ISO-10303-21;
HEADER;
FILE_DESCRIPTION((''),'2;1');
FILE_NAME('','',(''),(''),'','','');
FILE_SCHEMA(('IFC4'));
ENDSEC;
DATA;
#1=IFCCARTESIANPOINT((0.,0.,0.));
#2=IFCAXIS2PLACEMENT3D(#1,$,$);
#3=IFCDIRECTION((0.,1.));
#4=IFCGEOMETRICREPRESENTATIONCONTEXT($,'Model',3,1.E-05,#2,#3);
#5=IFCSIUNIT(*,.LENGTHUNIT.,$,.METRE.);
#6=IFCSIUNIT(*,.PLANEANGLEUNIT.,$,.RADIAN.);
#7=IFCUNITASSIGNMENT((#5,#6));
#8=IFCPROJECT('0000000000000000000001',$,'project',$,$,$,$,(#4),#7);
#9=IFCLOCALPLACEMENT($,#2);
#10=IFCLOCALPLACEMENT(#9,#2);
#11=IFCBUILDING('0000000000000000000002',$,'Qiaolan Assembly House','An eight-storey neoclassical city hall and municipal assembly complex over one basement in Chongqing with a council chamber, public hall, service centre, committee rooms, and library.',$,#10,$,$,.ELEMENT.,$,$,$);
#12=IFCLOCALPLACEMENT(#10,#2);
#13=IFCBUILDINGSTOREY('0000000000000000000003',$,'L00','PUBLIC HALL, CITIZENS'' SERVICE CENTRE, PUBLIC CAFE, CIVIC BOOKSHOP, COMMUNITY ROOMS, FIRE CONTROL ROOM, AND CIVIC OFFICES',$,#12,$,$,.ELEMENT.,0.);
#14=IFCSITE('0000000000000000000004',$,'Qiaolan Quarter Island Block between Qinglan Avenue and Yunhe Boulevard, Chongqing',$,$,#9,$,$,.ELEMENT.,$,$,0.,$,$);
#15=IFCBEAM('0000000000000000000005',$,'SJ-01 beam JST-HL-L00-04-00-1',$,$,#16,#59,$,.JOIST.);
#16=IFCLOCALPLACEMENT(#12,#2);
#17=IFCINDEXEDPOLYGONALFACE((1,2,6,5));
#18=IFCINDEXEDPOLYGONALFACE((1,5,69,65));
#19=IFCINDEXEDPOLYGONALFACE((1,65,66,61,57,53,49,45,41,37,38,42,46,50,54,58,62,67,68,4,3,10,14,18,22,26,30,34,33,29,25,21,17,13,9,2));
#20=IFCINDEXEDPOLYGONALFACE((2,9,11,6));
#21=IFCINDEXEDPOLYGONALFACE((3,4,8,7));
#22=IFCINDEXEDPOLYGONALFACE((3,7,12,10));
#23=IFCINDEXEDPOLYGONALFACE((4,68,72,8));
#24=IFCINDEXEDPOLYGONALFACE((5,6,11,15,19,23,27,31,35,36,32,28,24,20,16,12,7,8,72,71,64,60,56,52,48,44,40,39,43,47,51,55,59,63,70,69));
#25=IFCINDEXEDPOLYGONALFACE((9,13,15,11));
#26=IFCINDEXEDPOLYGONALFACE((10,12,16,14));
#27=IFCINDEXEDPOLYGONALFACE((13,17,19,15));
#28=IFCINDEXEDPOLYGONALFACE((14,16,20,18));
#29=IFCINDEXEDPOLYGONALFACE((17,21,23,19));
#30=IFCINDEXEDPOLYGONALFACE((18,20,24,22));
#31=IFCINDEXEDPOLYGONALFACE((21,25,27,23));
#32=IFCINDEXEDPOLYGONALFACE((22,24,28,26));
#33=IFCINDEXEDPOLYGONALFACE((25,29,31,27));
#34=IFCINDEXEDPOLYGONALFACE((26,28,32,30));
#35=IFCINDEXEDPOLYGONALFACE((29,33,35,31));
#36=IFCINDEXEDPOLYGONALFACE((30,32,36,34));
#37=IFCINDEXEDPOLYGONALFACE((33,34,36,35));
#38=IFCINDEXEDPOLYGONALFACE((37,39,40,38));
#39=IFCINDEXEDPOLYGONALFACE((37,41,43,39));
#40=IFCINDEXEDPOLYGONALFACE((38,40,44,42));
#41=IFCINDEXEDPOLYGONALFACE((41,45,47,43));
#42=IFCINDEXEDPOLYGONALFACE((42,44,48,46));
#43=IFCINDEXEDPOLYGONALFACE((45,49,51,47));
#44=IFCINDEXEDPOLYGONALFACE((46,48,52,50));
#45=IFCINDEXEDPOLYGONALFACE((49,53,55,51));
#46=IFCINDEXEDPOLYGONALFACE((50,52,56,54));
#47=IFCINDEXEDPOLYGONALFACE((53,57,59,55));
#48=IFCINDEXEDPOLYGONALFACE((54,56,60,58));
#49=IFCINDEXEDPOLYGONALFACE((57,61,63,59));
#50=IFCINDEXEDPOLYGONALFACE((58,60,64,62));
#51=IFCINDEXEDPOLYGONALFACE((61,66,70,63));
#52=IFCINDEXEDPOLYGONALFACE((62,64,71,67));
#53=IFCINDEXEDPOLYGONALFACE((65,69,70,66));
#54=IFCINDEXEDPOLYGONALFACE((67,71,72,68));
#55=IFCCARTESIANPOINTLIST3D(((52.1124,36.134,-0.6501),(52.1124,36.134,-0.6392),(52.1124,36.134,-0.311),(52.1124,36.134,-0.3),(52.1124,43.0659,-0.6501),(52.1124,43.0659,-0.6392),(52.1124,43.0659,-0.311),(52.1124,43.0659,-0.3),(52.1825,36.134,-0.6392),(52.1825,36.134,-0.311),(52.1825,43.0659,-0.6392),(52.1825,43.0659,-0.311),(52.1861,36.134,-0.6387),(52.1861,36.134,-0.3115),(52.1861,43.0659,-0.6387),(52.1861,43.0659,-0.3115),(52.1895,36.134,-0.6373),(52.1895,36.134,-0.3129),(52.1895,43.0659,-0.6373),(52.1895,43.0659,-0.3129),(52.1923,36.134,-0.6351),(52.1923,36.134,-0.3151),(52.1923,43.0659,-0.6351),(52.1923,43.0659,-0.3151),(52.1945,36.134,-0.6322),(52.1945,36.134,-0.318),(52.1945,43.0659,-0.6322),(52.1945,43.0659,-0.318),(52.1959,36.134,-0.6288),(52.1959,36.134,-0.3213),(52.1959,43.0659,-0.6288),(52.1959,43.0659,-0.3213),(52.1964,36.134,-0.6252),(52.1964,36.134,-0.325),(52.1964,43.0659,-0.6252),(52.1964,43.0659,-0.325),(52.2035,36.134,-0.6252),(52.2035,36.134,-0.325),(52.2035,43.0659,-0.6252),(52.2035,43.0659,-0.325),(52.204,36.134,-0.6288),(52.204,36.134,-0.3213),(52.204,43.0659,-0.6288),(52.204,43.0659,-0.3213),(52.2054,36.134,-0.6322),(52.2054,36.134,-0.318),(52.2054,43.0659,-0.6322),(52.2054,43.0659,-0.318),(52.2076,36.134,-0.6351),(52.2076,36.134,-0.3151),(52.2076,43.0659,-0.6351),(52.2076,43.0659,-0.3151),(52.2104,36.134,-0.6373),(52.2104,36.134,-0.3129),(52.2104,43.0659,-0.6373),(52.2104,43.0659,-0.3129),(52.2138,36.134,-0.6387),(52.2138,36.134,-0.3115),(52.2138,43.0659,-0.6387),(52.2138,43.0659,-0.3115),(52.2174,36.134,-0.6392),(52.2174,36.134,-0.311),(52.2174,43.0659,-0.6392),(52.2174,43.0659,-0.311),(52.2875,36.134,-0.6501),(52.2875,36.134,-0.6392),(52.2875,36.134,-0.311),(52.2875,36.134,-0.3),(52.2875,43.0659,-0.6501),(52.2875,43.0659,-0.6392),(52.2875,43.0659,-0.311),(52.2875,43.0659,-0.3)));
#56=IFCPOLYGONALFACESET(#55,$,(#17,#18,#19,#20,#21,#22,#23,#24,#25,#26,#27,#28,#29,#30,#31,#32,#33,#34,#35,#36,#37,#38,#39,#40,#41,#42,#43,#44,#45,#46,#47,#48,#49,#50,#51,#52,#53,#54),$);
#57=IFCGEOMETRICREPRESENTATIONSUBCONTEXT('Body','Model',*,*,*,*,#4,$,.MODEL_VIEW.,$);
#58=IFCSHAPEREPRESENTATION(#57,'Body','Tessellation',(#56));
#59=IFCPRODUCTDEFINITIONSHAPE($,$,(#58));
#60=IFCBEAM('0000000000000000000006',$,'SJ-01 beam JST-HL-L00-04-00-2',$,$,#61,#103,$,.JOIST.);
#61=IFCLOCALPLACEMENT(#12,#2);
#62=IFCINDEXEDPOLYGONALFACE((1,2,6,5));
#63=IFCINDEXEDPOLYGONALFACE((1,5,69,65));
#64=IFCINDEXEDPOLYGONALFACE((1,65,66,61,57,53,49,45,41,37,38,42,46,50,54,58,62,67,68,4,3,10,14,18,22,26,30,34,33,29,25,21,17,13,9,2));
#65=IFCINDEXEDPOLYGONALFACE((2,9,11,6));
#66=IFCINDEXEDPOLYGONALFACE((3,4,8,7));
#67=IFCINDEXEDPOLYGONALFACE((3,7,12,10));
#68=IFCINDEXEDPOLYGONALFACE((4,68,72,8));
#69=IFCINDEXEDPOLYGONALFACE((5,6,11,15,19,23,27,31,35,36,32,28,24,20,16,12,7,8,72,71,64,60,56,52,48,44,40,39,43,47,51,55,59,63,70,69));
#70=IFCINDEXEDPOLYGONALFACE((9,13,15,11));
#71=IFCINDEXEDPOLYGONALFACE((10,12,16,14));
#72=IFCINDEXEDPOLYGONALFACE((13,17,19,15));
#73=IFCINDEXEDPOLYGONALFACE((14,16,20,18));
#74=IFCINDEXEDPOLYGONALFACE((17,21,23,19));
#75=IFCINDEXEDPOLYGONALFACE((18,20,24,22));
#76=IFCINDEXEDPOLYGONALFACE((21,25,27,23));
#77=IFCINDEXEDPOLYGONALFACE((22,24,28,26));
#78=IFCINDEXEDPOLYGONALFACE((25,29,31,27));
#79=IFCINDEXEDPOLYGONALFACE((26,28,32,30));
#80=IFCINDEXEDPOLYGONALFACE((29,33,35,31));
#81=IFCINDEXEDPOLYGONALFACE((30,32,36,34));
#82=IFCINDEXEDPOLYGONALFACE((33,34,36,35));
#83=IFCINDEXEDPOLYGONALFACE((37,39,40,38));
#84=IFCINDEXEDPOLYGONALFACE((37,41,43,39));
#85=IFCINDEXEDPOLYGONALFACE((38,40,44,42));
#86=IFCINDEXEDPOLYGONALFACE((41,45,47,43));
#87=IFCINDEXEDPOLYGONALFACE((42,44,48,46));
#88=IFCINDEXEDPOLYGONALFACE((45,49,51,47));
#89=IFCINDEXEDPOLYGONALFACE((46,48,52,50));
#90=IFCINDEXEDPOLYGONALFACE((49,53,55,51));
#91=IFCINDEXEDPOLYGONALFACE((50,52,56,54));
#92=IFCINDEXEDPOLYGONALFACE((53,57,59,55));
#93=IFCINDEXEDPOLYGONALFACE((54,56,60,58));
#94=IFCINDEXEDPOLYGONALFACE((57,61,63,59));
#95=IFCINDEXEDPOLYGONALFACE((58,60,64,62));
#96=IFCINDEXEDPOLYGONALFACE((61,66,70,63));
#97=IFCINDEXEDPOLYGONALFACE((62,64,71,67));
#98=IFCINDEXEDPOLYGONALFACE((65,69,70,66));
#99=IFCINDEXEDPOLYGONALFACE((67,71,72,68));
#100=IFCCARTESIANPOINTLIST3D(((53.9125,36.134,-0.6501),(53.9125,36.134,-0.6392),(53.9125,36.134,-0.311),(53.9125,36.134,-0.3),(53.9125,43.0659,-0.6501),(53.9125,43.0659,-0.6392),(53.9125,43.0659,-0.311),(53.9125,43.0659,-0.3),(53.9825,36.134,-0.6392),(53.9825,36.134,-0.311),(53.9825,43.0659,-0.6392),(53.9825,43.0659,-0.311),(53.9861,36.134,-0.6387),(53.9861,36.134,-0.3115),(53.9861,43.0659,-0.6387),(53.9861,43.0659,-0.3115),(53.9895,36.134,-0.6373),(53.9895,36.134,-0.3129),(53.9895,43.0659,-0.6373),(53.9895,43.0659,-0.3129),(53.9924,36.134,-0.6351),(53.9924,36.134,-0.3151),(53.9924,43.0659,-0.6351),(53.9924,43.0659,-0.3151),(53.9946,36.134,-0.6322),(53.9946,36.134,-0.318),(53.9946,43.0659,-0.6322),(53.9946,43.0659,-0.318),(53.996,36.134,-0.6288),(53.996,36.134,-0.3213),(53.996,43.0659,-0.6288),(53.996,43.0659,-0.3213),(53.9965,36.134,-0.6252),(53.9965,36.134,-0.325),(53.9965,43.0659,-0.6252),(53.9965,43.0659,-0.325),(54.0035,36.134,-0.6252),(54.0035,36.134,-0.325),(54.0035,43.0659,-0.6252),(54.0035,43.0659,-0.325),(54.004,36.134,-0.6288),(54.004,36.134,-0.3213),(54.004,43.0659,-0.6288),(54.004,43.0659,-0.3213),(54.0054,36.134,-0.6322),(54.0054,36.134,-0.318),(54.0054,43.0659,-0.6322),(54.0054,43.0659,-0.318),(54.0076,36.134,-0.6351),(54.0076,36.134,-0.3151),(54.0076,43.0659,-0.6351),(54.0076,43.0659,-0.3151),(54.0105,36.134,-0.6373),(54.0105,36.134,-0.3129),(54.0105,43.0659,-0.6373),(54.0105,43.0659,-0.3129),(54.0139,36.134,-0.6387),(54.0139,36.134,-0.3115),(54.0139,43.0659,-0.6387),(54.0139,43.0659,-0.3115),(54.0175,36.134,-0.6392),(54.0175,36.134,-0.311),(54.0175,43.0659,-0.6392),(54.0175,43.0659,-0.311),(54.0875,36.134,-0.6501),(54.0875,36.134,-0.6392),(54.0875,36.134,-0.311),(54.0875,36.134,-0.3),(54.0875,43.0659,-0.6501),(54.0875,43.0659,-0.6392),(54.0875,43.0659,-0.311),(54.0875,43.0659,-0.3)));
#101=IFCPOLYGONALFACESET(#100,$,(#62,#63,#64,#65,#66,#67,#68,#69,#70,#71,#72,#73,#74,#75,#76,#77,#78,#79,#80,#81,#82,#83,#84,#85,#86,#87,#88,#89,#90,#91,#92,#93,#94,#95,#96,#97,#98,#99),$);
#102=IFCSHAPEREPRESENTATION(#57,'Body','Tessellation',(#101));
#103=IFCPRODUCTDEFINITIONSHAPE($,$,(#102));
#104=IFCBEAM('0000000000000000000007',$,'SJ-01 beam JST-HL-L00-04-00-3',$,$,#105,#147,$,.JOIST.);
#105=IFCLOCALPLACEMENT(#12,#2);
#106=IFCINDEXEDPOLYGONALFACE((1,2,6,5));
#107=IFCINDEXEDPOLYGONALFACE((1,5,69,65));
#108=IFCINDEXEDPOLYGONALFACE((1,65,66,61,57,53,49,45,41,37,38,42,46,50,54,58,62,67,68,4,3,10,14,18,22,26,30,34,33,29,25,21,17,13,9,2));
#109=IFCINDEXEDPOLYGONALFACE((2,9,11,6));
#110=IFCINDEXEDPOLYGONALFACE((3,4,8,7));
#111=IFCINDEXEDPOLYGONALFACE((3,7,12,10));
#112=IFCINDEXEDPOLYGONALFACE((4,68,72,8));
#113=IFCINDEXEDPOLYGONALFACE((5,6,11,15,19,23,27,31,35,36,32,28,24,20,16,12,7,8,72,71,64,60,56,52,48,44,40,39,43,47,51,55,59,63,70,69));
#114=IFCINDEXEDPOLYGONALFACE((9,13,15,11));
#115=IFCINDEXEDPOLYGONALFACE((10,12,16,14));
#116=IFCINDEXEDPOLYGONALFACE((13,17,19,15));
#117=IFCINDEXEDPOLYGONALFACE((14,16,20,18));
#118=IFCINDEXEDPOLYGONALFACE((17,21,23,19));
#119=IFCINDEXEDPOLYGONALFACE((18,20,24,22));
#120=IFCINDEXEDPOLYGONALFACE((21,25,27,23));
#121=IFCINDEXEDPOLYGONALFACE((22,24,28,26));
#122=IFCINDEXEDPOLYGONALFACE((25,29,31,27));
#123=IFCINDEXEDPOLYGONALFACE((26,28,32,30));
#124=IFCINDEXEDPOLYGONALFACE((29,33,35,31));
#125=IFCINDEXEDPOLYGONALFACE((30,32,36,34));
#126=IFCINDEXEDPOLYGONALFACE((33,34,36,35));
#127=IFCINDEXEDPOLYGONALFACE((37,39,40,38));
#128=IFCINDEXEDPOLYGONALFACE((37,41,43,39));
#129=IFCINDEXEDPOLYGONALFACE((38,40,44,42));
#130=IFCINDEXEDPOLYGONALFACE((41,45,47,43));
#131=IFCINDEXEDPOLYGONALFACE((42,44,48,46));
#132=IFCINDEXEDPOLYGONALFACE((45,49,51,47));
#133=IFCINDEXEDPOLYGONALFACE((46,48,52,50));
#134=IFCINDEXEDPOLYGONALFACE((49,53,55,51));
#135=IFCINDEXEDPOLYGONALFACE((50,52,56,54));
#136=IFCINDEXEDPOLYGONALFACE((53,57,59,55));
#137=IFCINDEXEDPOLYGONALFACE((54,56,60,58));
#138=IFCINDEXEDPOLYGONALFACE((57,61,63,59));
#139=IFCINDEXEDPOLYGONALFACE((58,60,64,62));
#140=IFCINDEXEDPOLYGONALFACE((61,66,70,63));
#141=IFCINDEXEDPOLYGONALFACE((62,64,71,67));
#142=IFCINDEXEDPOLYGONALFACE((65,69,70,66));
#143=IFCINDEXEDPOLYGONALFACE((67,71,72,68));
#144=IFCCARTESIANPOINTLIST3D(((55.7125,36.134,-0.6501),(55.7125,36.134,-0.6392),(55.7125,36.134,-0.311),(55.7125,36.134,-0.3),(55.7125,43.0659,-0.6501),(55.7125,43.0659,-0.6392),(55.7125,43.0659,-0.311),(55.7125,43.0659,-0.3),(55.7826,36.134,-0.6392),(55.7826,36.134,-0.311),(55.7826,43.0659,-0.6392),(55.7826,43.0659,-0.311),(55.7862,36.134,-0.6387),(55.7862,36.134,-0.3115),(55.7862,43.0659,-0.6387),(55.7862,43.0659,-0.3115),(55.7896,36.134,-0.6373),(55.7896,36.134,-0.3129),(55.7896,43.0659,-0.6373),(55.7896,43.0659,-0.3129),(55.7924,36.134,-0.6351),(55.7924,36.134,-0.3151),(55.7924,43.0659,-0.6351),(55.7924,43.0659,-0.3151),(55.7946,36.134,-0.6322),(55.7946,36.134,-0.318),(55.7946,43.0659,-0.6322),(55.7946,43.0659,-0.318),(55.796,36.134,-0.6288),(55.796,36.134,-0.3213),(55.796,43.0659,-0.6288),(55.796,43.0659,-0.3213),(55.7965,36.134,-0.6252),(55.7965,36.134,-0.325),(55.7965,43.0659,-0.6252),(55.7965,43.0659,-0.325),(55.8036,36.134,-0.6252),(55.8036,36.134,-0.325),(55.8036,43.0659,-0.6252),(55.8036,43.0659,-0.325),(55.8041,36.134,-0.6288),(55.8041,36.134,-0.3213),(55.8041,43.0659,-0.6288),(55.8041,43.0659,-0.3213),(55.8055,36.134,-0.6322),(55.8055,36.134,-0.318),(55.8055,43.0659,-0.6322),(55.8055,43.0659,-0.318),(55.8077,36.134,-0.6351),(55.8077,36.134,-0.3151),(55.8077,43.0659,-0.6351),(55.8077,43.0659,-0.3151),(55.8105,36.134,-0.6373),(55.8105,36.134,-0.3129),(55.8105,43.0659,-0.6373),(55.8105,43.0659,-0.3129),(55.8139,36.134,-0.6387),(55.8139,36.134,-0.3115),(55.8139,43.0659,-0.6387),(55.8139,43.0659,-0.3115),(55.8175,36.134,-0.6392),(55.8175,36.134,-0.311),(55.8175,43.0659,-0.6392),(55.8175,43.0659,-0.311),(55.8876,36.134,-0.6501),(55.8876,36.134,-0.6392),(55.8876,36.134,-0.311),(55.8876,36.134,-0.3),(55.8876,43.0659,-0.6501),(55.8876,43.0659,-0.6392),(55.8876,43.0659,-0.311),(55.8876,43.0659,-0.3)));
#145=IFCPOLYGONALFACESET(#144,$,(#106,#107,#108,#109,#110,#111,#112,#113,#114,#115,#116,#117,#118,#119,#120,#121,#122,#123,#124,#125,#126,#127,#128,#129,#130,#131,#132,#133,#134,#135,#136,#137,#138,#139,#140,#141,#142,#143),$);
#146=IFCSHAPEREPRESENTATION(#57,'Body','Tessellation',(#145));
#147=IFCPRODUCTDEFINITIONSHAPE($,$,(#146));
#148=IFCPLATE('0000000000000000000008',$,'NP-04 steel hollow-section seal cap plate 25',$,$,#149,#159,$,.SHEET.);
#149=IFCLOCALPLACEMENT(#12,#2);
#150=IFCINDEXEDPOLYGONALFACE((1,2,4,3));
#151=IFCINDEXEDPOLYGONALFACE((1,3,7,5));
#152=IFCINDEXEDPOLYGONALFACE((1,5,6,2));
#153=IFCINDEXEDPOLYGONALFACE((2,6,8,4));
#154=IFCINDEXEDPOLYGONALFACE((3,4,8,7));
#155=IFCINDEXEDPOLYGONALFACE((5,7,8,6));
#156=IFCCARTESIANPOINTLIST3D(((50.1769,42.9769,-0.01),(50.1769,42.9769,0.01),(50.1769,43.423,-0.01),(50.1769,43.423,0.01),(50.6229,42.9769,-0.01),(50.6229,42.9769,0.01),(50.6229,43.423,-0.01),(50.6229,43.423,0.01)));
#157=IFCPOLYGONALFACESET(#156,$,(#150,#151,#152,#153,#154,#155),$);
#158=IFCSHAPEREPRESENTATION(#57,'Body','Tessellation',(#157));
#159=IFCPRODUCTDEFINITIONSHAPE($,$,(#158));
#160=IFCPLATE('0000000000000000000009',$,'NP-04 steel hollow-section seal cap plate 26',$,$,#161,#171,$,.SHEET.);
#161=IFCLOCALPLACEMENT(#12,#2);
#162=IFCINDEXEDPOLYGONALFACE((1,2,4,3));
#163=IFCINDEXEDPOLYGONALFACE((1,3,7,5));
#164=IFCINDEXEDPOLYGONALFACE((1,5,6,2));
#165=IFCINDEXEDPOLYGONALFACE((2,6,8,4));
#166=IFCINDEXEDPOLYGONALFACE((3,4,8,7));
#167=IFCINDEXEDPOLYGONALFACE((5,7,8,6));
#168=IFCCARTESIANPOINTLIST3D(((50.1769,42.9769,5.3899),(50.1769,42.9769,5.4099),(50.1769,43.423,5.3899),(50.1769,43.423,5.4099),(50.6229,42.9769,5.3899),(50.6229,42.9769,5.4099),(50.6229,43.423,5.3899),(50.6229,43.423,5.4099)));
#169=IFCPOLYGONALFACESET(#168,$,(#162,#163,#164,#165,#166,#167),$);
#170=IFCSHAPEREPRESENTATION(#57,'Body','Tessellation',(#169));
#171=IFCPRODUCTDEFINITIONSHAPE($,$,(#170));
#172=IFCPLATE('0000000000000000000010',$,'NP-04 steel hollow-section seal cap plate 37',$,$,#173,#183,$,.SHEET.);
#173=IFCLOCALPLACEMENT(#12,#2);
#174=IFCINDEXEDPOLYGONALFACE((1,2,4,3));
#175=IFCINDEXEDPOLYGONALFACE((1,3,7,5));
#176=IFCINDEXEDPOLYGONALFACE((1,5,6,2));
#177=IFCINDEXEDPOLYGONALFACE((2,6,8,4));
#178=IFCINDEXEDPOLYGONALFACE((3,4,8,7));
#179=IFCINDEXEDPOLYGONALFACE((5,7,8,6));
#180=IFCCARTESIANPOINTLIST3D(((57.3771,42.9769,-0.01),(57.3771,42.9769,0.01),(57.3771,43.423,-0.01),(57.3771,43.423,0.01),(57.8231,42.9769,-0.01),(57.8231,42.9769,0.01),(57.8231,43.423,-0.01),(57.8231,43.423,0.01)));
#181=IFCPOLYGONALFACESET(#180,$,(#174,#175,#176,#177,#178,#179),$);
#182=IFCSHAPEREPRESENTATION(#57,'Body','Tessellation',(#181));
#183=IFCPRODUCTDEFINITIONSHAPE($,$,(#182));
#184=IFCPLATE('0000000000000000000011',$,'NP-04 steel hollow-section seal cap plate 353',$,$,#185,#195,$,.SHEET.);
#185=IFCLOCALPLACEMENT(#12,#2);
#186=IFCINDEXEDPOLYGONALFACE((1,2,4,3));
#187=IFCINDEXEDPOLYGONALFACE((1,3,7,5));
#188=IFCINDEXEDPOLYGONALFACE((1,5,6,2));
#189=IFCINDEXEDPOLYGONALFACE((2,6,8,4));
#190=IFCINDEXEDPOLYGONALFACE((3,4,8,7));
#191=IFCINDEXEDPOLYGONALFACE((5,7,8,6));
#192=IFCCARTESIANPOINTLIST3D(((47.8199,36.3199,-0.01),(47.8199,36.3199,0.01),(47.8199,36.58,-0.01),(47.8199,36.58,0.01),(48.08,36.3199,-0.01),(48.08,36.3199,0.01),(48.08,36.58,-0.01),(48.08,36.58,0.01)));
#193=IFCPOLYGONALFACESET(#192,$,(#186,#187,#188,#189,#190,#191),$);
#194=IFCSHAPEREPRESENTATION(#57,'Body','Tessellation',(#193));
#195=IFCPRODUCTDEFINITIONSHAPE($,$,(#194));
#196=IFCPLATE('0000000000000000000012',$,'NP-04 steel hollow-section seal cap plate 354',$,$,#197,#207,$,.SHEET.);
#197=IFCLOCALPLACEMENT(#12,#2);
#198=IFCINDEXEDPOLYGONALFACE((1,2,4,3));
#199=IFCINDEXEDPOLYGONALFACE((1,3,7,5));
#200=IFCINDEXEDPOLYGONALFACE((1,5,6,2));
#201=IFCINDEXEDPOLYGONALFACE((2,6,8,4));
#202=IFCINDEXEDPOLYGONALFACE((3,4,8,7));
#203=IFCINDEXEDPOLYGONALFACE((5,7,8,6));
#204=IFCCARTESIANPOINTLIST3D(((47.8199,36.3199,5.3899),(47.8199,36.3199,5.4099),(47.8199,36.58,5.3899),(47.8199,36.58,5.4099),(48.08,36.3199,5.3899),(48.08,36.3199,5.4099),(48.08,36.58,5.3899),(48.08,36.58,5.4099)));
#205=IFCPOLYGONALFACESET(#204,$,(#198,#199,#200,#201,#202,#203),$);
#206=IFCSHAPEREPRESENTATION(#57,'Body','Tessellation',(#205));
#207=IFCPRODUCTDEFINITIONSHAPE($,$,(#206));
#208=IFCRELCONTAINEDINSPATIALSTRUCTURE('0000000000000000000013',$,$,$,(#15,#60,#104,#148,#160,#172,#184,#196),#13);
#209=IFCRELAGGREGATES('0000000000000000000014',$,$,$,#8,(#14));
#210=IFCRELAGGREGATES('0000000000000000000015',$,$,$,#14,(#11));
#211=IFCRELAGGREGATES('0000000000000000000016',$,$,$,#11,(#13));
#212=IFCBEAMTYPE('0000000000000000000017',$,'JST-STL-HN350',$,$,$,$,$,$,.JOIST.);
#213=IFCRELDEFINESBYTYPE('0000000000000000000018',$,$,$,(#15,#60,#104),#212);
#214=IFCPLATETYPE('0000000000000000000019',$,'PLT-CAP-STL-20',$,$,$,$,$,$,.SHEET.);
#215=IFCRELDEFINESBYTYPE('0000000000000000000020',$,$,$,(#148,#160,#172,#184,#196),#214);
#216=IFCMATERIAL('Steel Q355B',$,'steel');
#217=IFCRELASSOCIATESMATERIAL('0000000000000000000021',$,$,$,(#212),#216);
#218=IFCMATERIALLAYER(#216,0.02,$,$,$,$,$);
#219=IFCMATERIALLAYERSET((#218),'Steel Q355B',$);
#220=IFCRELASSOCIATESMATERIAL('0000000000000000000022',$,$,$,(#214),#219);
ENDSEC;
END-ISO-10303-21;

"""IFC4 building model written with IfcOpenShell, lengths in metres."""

from ifc_helpers import new_model, si_unit, direction, frame, origin, origin_2d, place, context, subcontext, project, spatial, rectangle, i_section, extrude, material, layer, layer_set, material_profile, profile_set, type_object, element, save


model = new_model("IFC4")

# Units and contexts
model_context = context("Model", 3, precision=1e-05, world=origin(), true_north=direction((0.0, 1.0)))
body_context = subcontext(model_context, "Body", "Model", "MODEL_VIEW")
ifc_project = project(units=[si_unit("LENGTHUNIT", "METRE"), si_unit("PLANEANGLEUNIT", "RADIAN")], contexts=[model_context])

# Site, building, storey
site_placement = place(None, origin())
site = spatial("IfcSite", under=ifc_project, at=site_placement, Name="Qiaolan Quarter Island Block between Qinglan Avenue and Yunhe Boulevard, Chongqing", CompositionType="ELEMENT", RefElevation=0.0)
building_placement = place(site_placement, origin())
building = spatial("IfcBuilding", under=site, at=building_placement, Name="Qiaolan Assembly House", Description="An eight-storey neoclassical city hall and municipal assembly complex over one basement in Chongqing with a council chamber, public hall, service centre, committee rooms, and library.", CompositionType="ELEMENT")
storey_placement = place(building_placement, origin())
storey = spatial("IfcBuildingStorey", under=building, at=storey_placement, Name="L00", Description="PUBLIC HALL, CITIZENS' SERVICE CENTRE, PUBLIC CAFE, CIVIC BOOKSHOP, COMMUNITY ROOMS, FIRE CONTROL ROOM, AND CIVIC OFFICES", CompositionType="ELEMENT", Elevation=0.0)

# Shared definitions
ifc_material_1 = material(Name="Steel Q355B", Category="steel")

# Beams
ifc_material_profile_1 = material_profile(ifc_material_1, i_section(OverallWidth=0.175, OverallDepth=0.3501, WebThickness=0.0071, FlangeThickness=0.011, FilletRadius=0.0139, at=origin_2d()), Name="HN 350x175x7x11")
ifc_profile_set_1 = profile_set([ifc_material_profile_1], Name="Steel Q355B")
beam_type_1 = type_object("IfcBeamType", Name="JST-STL-HN350", PredefinedType="JOIST", material=ifc_profile_set_1)
for number, where, z_axis, x_axis, name in (
    (1, (52.2, 36.134, -0.4751), (0.0, 1.0, 0.0), (-1.0, 0.0, 0.0), "SJ-01 beam JST-HL-L00-04-00-1"),
    (2, (54.0, 36.134, -0.4751), (0.0, 1.0, 0.0), (-1.0, 0.0, 0.0), "SJ-01 beam JST-HL-L00-04-00-2"),
    (3, (55.8, 36.134, -0.4751), (0.0, 1.0, 0.0), (-1.0, 0.0, 0.0), "SJ-01 beam JST-HL-L00-04-00-3"),
):
    element("IfcBeam", number, at=place(storey_placement, frame(where, z_axis=z_axis, x_axis=x_axis)), inside=storey, type_object=beam_type_1, Name=name, PredefinedType="JOIST", context=body_context, shape_type="SweptSolid", body=[
        extrude(i_section(OverallWidth=0.175, OverallDepth=0.3501, WebThickness=0.0071, FlangeThickness=0.011, FilletRadius=0.0139, at=origin_2d()), origin(), (0.0, 0.0, 1.0), 6.9319),
    ])

# Plates
ifc_layer_1 = layer(ifc_material_1, 0.02)
ifc_layer_set_1 = layer_set([ifc_layer_1], Name="Steel Q355B")
plate_type = type_object("IfcPlateType", Name="PLT-CAP-STL-20", PredefinedType="SHEET", material=ifc_layer_set_1)
for number, where, z_axis, x_axis, name in (
    (4, (50.3999, 43.2, -0.01), (0.0, 0.0, 1.0), (1.0, 0.0, 0.0), "NP-04 steel hollow-section seal cap plate 25"),
    (5, (50.3999, 43.2, 5.3899), (0.0, 0.0, 1.0), (1.0, 0.0, 0.0), "NP-04 steel hollow-section seal cap plate 26"),
    (6, (57.6001, 43.2, -0.01), (0.0, 0.0, 1.0), (1.0, 0.0, 0.0), "NP-04 steel hollow-section seal cap plate 37"),
):
    element("IfcPlate", number, at=place(storey_placement, frame(where, z_axis=z_axis, x_axis=x_axis)), inside=storey, type_object=plate_type, Name=name, PredefinedType="SHEET", context=body_context, shape_type="SweptSolid", body=[
        extrude(rectangle(XDim=0.446, YDim=0.446, at=origin_2d()), origin(), (0.0, 0.0, 1.0), 0.02),
    ])
for number, where, z_axis, x_axis, name in (
    (7, (47.95, 36.45, -0.01), (0.0, 0.0, 1.0), (1.0, 0.0, 0.0), "NP-04 steel hollow-section seal cap plate 353"),
    (8, (47.95, 36.45, 5.3899), (0.0, 0.0, 1.0), (1.0, 0.0, 0.0), "NP-04 steel hollow-section seal cap plate 354"),
):
    element("IfcPlate", number, at=place(storey_placement, frame(where, z_axis=z_axis, x_axis=x_axis)), inside=storey, type_object=plate_type, Name=name, PredefinedType="SHEET", context=body_context, shape_type="SweptSolid", body=[
        extrude(rectangle(XDim=0.26, YDim=0.26, at=origin_2d()), origin(), (0.0, 0.0, 1.0), 0.02),
    ])

save(model, "model.ifc")
